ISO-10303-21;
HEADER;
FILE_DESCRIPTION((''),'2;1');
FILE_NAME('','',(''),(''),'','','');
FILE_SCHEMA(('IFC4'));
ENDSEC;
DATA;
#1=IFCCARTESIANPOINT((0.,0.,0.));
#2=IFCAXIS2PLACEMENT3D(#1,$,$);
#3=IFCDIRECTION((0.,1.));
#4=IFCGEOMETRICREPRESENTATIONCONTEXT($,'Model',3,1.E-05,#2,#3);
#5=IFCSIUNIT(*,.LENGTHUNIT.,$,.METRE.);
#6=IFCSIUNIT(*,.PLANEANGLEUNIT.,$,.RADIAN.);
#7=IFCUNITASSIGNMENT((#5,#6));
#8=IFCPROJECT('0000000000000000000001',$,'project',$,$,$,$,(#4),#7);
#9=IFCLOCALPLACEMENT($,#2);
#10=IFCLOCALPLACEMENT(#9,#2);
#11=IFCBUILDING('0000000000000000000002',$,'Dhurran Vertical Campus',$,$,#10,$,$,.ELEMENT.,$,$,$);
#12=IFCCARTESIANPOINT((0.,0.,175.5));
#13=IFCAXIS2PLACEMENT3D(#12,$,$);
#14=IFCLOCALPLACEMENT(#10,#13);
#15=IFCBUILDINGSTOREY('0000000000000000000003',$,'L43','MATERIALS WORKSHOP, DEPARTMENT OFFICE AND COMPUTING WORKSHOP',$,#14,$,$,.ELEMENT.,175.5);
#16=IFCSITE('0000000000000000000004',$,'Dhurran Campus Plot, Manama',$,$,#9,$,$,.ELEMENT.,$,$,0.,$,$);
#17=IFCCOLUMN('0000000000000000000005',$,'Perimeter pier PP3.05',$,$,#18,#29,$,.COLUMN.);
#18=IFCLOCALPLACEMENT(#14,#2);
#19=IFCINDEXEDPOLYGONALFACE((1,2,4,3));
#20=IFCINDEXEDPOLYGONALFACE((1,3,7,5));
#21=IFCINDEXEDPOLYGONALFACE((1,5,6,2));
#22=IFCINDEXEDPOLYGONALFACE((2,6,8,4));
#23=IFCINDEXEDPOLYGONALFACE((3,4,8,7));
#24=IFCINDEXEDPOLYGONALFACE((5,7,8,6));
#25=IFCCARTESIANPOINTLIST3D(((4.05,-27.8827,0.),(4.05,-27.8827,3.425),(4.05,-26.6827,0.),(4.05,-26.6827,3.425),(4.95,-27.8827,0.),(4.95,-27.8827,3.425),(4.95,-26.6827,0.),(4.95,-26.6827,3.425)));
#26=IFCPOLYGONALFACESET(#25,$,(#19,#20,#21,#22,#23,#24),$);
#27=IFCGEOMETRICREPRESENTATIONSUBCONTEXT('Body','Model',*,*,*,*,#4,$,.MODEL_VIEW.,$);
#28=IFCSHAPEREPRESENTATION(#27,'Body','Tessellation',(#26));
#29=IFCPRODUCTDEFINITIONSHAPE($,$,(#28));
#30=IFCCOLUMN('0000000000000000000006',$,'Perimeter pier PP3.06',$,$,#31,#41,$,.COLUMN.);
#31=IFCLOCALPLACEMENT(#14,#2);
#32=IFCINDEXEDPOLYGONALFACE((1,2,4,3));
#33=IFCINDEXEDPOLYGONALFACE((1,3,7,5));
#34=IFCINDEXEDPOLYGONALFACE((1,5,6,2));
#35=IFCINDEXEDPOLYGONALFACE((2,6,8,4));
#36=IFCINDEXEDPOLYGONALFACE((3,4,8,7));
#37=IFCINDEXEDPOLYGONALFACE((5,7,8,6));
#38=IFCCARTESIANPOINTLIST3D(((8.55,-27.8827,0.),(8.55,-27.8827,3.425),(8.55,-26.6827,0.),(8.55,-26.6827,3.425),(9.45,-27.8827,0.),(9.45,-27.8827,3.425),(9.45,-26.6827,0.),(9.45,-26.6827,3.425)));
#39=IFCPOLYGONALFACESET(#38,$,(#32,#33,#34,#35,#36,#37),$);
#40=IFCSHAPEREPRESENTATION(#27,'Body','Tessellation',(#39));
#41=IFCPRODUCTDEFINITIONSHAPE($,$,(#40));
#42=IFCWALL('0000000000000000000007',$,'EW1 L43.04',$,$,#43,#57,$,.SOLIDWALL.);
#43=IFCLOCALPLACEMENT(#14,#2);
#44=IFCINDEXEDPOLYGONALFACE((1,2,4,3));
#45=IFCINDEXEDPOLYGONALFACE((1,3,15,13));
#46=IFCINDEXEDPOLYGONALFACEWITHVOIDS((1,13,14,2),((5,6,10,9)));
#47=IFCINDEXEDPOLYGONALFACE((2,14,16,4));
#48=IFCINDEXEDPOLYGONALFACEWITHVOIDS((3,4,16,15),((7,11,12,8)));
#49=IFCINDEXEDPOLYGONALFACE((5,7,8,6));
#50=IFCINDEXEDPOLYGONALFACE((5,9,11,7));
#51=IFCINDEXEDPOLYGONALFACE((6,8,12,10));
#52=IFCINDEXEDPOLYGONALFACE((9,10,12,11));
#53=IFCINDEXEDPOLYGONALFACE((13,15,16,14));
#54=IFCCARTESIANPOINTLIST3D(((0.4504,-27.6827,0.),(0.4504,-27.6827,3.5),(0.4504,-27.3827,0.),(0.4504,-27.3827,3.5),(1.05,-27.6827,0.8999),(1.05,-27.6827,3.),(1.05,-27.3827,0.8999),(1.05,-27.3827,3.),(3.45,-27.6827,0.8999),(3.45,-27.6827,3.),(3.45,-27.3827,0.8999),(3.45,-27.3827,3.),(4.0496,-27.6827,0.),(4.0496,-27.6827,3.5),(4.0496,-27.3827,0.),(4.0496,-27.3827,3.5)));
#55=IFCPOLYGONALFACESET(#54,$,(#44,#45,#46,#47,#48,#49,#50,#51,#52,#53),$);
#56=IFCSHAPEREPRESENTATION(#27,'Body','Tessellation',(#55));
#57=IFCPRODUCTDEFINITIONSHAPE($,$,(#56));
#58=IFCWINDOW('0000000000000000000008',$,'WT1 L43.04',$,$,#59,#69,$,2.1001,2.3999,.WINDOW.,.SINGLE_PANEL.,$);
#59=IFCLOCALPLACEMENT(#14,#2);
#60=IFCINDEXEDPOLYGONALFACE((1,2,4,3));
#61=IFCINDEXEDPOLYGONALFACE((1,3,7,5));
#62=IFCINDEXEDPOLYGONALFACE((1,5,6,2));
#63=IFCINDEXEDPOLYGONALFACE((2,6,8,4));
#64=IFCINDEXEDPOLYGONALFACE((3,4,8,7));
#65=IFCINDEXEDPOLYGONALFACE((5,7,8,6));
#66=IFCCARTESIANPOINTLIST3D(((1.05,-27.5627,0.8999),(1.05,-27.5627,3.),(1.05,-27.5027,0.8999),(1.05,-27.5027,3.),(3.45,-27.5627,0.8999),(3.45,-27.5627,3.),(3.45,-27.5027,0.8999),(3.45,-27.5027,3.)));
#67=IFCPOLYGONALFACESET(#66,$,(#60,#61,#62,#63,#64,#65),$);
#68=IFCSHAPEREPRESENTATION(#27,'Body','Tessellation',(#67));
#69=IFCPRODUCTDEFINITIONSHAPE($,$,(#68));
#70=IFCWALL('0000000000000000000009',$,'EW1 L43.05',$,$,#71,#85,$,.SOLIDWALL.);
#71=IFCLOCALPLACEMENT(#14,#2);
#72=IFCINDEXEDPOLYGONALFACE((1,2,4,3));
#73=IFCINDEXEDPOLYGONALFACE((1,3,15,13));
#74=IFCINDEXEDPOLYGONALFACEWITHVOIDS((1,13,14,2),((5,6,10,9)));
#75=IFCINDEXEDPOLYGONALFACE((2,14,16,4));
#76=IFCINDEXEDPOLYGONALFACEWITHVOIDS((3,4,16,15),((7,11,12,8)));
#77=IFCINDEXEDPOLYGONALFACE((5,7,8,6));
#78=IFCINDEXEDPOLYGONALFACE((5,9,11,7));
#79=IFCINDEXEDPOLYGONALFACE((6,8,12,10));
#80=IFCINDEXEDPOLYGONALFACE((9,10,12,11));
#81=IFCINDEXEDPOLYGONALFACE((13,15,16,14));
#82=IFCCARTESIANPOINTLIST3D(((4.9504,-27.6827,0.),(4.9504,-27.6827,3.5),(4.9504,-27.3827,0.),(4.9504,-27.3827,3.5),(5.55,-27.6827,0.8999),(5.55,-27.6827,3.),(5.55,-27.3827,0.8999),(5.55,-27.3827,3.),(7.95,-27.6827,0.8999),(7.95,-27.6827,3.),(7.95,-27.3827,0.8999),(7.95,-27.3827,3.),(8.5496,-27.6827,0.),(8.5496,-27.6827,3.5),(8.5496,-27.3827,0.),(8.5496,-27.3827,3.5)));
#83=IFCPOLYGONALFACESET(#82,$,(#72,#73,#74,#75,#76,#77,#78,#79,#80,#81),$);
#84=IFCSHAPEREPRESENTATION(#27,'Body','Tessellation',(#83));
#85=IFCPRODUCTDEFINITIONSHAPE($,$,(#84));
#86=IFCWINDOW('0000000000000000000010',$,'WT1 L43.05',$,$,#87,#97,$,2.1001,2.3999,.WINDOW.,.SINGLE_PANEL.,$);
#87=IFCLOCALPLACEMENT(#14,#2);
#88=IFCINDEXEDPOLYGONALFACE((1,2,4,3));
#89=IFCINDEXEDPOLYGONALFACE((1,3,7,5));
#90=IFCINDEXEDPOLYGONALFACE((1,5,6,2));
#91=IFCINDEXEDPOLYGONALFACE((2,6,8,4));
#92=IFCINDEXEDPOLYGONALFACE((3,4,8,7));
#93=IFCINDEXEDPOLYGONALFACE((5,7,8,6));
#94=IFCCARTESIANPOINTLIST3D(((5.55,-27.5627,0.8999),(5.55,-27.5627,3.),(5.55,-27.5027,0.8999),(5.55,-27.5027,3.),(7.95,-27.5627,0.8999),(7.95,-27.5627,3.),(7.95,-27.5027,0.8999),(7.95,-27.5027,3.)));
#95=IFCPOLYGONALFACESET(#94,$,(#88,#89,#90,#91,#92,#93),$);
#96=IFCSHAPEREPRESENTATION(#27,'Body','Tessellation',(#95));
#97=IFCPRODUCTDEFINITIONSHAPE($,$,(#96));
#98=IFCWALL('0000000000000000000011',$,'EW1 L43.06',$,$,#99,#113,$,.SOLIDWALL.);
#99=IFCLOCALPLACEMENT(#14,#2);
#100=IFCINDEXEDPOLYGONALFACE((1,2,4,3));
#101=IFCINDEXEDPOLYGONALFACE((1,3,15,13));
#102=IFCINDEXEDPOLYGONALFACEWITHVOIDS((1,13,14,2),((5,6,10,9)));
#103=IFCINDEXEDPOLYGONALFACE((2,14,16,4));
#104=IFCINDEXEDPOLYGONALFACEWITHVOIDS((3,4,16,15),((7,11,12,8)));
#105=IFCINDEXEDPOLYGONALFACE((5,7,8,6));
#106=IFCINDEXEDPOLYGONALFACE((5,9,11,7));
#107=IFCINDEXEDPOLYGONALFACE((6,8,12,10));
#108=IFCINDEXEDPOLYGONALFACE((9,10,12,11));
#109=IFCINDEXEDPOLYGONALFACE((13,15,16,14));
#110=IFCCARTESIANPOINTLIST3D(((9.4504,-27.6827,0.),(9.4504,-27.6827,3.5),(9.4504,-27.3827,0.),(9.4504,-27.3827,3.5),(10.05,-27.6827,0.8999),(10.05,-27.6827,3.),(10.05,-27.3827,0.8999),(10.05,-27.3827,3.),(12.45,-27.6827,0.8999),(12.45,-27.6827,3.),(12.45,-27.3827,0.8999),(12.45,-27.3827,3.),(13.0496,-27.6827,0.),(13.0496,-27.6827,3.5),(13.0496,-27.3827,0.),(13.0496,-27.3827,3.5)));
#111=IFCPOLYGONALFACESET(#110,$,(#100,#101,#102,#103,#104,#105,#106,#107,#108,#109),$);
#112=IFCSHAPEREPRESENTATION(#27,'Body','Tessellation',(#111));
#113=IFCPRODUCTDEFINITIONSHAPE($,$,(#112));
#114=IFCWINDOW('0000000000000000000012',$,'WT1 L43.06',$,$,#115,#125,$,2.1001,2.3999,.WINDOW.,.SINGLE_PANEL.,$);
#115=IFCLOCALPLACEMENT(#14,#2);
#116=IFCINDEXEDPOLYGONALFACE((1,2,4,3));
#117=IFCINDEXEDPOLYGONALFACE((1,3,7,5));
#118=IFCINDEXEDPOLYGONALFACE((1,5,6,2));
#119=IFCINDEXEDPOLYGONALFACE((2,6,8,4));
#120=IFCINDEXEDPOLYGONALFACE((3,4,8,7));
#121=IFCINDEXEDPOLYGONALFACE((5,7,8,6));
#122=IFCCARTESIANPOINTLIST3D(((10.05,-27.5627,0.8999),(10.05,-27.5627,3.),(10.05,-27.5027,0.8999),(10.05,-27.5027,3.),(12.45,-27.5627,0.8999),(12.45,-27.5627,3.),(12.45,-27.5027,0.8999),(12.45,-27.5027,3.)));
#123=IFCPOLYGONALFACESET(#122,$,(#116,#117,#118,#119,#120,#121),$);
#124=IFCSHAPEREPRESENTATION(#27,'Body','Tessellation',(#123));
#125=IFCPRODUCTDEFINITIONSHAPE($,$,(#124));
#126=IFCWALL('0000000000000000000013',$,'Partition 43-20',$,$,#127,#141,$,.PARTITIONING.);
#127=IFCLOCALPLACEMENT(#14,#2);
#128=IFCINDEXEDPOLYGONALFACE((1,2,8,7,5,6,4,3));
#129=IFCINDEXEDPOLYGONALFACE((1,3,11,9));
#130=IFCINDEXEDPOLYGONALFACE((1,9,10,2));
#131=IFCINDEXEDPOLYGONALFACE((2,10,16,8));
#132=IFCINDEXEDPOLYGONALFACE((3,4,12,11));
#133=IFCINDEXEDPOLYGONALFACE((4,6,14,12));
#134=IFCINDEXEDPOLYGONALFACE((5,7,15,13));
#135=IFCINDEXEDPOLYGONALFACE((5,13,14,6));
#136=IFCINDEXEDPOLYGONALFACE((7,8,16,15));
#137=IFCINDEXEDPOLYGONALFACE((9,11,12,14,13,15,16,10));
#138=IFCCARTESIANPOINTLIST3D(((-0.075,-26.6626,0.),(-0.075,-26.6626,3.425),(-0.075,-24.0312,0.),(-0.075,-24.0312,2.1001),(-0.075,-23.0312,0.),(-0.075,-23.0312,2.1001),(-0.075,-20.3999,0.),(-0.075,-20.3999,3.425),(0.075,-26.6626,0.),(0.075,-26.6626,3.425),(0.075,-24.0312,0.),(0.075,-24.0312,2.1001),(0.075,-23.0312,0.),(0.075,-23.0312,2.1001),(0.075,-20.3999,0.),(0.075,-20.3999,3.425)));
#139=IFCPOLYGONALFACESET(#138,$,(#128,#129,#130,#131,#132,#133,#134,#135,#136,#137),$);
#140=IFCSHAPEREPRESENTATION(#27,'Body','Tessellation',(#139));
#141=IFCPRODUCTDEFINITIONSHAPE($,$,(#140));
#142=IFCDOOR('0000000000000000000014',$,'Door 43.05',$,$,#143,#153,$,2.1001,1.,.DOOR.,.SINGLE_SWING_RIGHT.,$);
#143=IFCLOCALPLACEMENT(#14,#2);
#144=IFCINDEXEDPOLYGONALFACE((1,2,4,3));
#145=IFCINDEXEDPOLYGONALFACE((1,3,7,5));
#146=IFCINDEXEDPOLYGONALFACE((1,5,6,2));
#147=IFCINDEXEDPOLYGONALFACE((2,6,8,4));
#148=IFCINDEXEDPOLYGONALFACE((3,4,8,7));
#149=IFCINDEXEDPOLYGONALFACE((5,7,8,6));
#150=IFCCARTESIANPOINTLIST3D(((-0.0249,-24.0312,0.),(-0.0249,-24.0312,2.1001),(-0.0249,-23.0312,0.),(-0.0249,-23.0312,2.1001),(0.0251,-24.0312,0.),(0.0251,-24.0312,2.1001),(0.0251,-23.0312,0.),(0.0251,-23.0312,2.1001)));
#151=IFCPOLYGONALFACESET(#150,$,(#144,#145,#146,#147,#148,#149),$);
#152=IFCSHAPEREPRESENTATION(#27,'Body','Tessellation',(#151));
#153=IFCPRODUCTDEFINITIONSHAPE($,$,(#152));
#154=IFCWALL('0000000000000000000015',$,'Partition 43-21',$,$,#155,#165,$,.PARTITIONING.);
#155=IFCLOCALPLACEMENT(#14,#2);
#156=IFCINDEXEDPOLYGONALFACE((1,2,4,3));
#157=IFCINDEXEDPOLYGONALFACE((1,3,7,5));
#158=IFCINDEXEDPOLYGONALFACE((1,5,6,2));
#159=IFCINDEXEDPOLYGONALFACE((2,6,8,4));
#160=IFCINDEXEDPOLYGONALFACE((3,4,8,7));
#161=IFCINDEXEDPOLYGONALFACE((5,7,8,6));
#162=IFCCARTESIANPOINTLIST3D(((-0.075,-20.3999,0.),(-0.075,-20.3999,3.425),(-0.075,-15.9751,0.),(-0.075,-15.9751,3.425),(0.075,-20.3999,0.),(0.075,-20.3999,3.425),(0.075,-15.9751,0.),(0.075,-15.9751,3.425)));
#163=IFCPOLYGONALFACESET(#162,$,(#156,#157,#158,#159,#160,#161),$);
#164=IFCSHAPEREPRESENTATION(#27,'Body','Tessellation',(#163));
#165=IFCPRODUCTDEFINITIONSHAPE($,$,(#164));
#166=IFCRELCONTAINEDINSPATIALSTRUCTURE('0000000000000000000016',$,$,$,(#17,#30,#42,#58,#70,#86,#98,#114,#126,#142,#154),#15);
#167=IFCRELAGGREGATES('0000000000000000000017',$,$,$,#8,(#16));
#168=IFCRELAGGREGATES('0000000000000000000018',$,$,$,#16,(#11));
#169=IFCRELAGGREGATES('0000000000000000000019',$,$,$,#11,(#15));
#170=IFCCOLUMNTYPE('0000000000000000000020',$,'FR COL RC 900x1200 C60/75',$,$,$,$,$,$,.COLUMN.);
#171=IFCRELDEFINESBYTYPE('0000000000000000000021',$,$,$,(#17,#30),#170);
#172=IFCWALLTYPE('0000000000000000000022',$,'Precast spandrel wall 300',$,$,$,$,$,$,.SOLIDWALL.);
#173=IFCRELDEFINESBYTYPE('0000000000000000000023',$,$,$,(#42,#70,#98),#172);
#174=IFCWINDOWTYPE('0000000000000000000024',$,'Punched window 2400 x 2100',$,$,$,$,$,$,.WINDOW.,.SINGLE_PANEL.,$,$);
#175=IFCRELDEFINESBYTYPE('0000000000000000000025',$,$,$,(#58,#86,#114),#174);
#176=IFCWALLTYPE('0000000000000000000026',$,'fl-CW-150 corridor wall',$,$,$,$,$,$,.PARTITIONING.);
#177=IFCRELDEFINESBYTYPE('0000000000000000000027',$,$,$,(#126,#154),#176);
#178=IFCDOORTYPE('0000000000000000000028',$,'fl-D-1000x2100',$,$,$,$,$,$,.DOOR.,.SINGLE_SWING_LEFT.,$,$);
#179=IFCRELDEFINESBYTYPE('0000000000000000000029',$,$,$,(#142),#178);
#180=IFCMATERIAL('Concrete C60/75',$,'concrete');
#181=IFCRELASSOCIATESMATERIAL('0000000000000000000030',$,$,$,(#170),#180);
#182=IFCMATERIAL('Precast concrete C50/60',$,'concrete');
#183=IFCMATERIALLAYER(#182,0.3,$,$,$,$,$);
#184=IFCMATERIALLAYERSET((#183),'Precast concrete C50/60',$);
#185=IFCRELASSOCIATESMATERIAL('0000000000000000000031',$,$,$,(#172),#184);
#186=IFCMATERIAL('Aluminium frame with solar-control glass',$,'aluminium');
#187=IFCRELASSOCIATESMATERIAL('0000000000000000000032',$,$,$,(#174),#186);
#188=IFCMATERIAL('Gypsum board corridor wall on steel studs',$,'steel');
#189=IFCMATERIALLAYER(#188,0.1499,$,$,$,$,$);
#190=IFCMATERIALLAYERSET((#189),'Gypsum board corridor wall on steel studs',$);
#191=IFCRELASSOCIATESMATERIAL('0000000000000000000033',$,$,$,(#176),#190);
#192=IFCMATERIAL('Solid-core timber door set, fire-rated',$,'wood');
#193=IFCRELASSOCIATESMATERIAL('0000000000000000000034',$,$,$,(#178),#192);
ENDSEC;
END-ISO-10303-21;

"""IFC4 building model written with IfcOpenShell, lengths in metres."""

from ifc_helpers import new_model, si_unit, direction, frame, frame_2d, origin, origin_2d, place, context, subcontext, project, spatial, rectangle, extrude, material, layer, layer_set, material_profile, profile_set, type_object, element, fill, save


model = new_model("IFC4")

# Units and contexts
model_context = context("Model", 3, precision=1e-05, world=origin(), true_north=direction((0.0, 1.0)))
body_context = subcontext(model_context, "Body", "Model", "MODEL_VIEW")
ifc_project = project(units=[si_unit("LENGTHUNIT", "METRE"), si_unit("PLANEANGLEUNIT", "RADIAN")], contexts=[model_context])

# Site, building, storey
site_placement = place(None, origin())
site = spatial("IfcSite", under=ifc_project, at=site_placement, Name="Dhurran Campus Plot, Manama", CompositionType="ELEMENT", RefElevation=0.0)
building_placement = place(site_placement, origin())
building = spatial("IfcBuilding", under=site, at=building_placement, Name="Dhurran Vertical Campus", CompositionType="ELEMENT")
storey_placement = place(building_placement, frame((0.0, 0.0, 175.5)))
storey = spatial("IfcBuildingStorey", under=building, at=storey_placement, Name="L43", Description="MATERIALS WORKSHOP, DEPARTMENT OFFICE AND COMPUTING WORKSHOP", CompositionType="ELEMENT", Elevation=175.5)

# Columns
ifc_material_1 = material(Name="Concrete C60/75", Category="concrete")
ifc_material_profile = material_profile(ifc_material_1, rectangle(XDim=0.8999, YDim=1.2, at=origin_2d()), Name="RC 900x1200")
ifc_profile_set = profile_set([ifc_material_profile], Name="Concrete C60/75")
column_type = type_object("IfcColumnType", Name="FR COL RC 900x1200 C60/75", PredefinedType="COLUMN", material=ifc_profile_set)
for number, where, z_axis, x_axis, name in (
    (1, (4.5, -27.2827, 0.0), (0.0, 0.0, 1.0), (1.0, 0.0, 0.0), "Perimeter pier PP3.05"),
    (2, (9.0, -27.2827, 0.0), (0.0, 0.0, 1.0), (1.0, 0.0, 0.0), "Perimeter pier PP3.06"),
):
    element("IfcColumn", number, at=place(storey_placement, frame(where, z_axis=z_axis, x_axis=x_axis)), inside=storey, type_object=column_type, Name=name, PredefinedType="COLUMN", context=body_context, shape_type="SweptSolid", body=[
        extrude(rectangle(XDim=0.8999, YDim=1.2, at=origin_2d()), origin(), (0.0, 0.0, 1.0), 3.425),
    ])

# Walls, openings, windows
ifc_material_2 = material(Name="Precast concrete C50/60", Category="concrete")
ifc_layer_1 = layer(ifc_material_2, 0.3)
ifc_layer_set_1 = layer_set([ifc_layer_1], Name="Precast concrete C50/60")
wall_type_1 = type_object("IfcWallType", Name="Precast spandrel wall 300", PredefinedType="SOLIDWALL", material=ifc_layer_set_1)
wall_1_placement = place(storey_placement, frame((0.4504, -27.5327, 0.0), z_axis=(0.0, 0.0, 1.0), x_axis=(1.0, 0.0, 0.0)))
wall_1 = element("IfcWall", 3, at=wall_1_placement, inside=storey, type_object=wall_type_1, Name="EW1 L43.04", PredefinedType="SOLIDWALL", context=body_context, shape_type="SweptSolid", body=[
    extrude(rectangle(XDim=3.5991, YDim=0.3, at=frame_2d((1.7996, 0.0))), origin(), (0.0, 0.0, 1.0), 3.5),
])
opening_1_placement = place(wall_1_placement, frame((0.5996, 0.0, 0.8999)))
opening_1 = element("IfcOpeningElement", 4, at=opening_1_placement, cuts=wall_1, PredefinedType="OPENING", context=body_context, shape_type="SweptSolid", body=[
    extrude(rectangle(XDim=2.3999, YDim=2.1001, at=frame_2d((1.2, 1.05))), frame((0.0, 0.1599, 0.0), z_axis=(0.0, -1.0, 0.0), x_axis=(1.0, 0.0, 0.0)), (0.0, 0.0, 1.0), 0.3201),
])
ifc_material_3 = material(Name="Aluminium frame with solar-control glass", Category="aluminium")
window_type = type_object("IfcWindowType", Name="Punched window 2400 x 2100", PartitioningType="SINGLE_PANEL", PredefinedType="WINDOW", material=ifc_material_3)
window_1_placement = place(opening_1_placement, origin())
window_1 = element("IfcWindow", 5, at=window_1_placement, inside=storey, type_object=window_type, Name="WT1 L43.04", OverallHeight=2.1001, OverallWidth=2.3999, PartitioningType="SINGLE_PANEL", PredefinedType="WINDOW", context=body_context, shape_type="SweptSolid", body=[
    extrude(rectangle(XDim=2.3999, YDim=2.1001, at=frame_2d((1.2, 1.05))), frame((0.0, 0.03, 0.0), z_axis=(0.0, -1.0, 0.0), x_axis=(1.0, 0.0, 0.0)), (0.0, 0.0, 1.0), 0.0601),
])
fill(opening_1, window_1)
wall_2_placement = place(storey_placement, frame((4.9504, -27.5327, 0.0), z_axis=(0.0, 0.0, 1.0), x_axis=(1.0, 0.0, 0.0)))
wall_2 = element("IfcWall", 6, at=wall_2_placement, inside=storey, type_object=wall_type_1, Name="EW1 L43.05", PredefinedType="SOLIDWALL", context=body_context, shape_type="SweptSolid", body=[
    extrude(rectangle(XDim=3.5991, YDim=0.3, at=frame_2d((1.7996, 0.0))), origin(), (0.0, 0.0, 1.0), 3.5),
])
opening_2_placement = place(wall_2_placement, frame((0.5996, 0.0, 0.8999)))
opening_2 = element("IfcOpeningElement", 7, at=opening_2_placement, cuts=wall_2, PredefinedType="OPENING", context=body_context, shape_type="SweptSolid", body=[
    extrude(rectangle(XDim=2.3999, YDim=2.1001, at=frame_2d((1.2, 1.05))), frame((0.0, 0.1599, 0.0), z_axis=(0.0, -1.0, 0.0), x_axis=(1.0, 0.0, 0.0)), (0.0, 0.0, 1.0), 0.3201),
])
window_2_placement = place(opening_2_placement, origin())
window_2 = element("IfcWindow", 8, at=window_2_placement, inside=storey, type_object=window_type, Name="WT1 L43.05", OverallHeight=2.1001, OverallWidth=2.3999, PartitioningType="SINGLE_PANEL", PredefinedType="WINDOW", context=body_context, shape_type="SweptSolid", body=[
    extrude(rectangle(XDim=2.3999, YDim=2.1001, at=frame_2d((1.2, 1.05))), frame((0.0, 0.03, 0.0), z_axis=(0.0, -1.0, 0.0), x_axis=(1.0, 0.0, 0.0)), (0.0, 0.0, 1.0), 0.0601),
])
fill(opening_2, window_2)
wall_3_placement = place(storey_placement, frame((9.4504, -27.5327, 0.0), z_axis=(0.0, 0.0, 1.0), x_axis=(1.0, 0.0, 0.0)))
wall_3 = element("IfcWall", 9, at=wall_3_placement, inside=storey, type_object=wall_type_1, Name="EW1 L43.06", PredefinedType="SOLIDWALL", context=body_context, shape_type="SweptSolid", body=[
    extrude(rectangle(XDim=3.5991, YDim=0.3, at=frame_2d((1.7996, 0.0))), origin(), (0.0, 0.0, 1.0), 3.5),
])
opening_3_placement = place(wall_3_placement, frame((0.5996, 0.0, 0.8999)))
opening_3 = element("IfcOpeningElement", 10, at=opening_3_placement, cuts=wall_3, PredefinedType="OPENING", context=body_context, shape_type="SweptSolid", body=[
    extrude(rectangle(XDim=2.3999, YDim=2.1001, at=frame_2d((1.2, 1.05))), frame((0.0, 0.1599, 0.0), z_axis=(0.0, -1.0, 0.0), x_axis=(1.0, 0.0, 0.0)), (0.0, 0.0, 1.0), 0.3201),
])
window_3_placement = place(opening_3_placement, origin())
window_3 = element("IfcWindow", 11, at=window_3_placement, inside=storey, type_object=window_type, Name="WT1 L43.06", OverallHeight=2.1001, OverallWidth=2.3999, PartitioningType="SINGLE_PANEL", PredefinedType="WINDOW", context=body_context, shape_type="SweptSolid", body=[
    extrude(rectangle(XDim=2.3999, YDim=2.1001, at=frame_2d((1.2, 1.05))), frame((0.0, 0.03, 0.0), z_axis=(0.0, -1.0, 0.0), x_axis=(1.0, 0.0, 0.0)), (0.0, 0.0, 1.0), 0.0601),
])
fill(opening_3, window_3)

# Wall, opening, door
ifc_material_4 = material(Name="Gypsum board corridor wall on steel studs", Category="steel")
ifc_layer_2 = layer(ifc_material_4, 0.1499)
ifc_layer_set_2 = layer_set([ifc_layer_2], Name="Gypsum board corridor wall on steel studs")
wall_type_2 = type_object("IfcWallType", Name="fl-CW-150 corridor wall", PredefinedType="PARTITIONING", material=ifc_layer_set_2)
wall_4_placement = place(storey_placement, frame((0.0, -26.6626, 0.0), z_axis=(0.0, 0.0, 1.0), x_axis=(0.0, 1.0, 0.0)))
wall_4 = element("IfcWall", 12, at=wall_4_placement, inside=storey, type_object=wall_type_2, Name="Partition 43-20", PredefinedType="PARTITIONING", context=body_context, shape_type="SweptSolid", body=[
    extrude(rectangle(XDim=6.2627, YDim=0.1499, at=frame_2d((3.1313, 0.0))), origin(), (0.0, 0.0, 1.0), 3.425),
])
opening_4_placement = place(wall_4_placement, frame((2.6313, 0.0, 0.0)))
opening_4 = element("IfcOpeningElement", 13, at=opening_4_placement, cuts=wall_4, PredefinedType="OPENING", context=body_context, shape_type="SweptSolid", body=[
    extrude(rectangle(XDim=1.0, YDim=2.1001, at=frame_2d((0.5, 1.05))), frame((0.0, 0.085, 0.0), z_axis=(0.0, -1.0, 0.0), x_axis=(1.0, 0.0, 0.0)), (0.0, 0.0, 1.0), 0.1699),
])
ifc_material_5 = material(Name="Solid-core timber door set, fire-rated", Category="wood")
door_type = type_object("IfcDoorType", Name="fl-D-1000x2100", OperationType="SINGLE_SWING_LEFT", PredefinedType="DOOR", material=ifc_material_5)
door_1_placement = place(opening_4_placement, origin())
door_1 = element("IfcDoor", 14, at=door_1_placement, inside=storey, type_object=door_type, Name="Door 43.05", OperationType="SINGLE_SWING_RIGHT", OverallHeight=2.1001, OverallWidth=1.0, PredefinedType="DOOR", context=body_context, shape_type="SweptSolid", body=[
    extrude(rectangle(XDim=1.0, YDim=2.1001, at=frame_2d((0.5, 1.05))), frame((0.0, 0.0249, 0.0), z_axis=(0.0, -1.0, 0.0), x_axis=(1.0, 0.0, 0.0)), (0.0, 0.0, 1.0), 0.05),
])
fill(opening_4, door_1)

# Wall
wall_5_placement = place(storey_placement, frame((0.0, -20.3999, 0.0), z_axis=(0.0, 0.0, 1.0), x_axis=(0.0, 1.0, 0.0)))
element("IfcWall", 15, at=wall_5_placement, inside=storey, type_object=wall_type_2, Name="Partition 43-21", PredefinedType="PARTITIONING", context=body_context, shape_type="SweptSolid", body=[
    extrude(rectangle(XDim=4.4248, YDim=0.1499, at=frame_2d((2.2124, 0.0))), origin(), (0.0, 0.0, 1.0), 3.425),
])

save(model, "model.ifc")
